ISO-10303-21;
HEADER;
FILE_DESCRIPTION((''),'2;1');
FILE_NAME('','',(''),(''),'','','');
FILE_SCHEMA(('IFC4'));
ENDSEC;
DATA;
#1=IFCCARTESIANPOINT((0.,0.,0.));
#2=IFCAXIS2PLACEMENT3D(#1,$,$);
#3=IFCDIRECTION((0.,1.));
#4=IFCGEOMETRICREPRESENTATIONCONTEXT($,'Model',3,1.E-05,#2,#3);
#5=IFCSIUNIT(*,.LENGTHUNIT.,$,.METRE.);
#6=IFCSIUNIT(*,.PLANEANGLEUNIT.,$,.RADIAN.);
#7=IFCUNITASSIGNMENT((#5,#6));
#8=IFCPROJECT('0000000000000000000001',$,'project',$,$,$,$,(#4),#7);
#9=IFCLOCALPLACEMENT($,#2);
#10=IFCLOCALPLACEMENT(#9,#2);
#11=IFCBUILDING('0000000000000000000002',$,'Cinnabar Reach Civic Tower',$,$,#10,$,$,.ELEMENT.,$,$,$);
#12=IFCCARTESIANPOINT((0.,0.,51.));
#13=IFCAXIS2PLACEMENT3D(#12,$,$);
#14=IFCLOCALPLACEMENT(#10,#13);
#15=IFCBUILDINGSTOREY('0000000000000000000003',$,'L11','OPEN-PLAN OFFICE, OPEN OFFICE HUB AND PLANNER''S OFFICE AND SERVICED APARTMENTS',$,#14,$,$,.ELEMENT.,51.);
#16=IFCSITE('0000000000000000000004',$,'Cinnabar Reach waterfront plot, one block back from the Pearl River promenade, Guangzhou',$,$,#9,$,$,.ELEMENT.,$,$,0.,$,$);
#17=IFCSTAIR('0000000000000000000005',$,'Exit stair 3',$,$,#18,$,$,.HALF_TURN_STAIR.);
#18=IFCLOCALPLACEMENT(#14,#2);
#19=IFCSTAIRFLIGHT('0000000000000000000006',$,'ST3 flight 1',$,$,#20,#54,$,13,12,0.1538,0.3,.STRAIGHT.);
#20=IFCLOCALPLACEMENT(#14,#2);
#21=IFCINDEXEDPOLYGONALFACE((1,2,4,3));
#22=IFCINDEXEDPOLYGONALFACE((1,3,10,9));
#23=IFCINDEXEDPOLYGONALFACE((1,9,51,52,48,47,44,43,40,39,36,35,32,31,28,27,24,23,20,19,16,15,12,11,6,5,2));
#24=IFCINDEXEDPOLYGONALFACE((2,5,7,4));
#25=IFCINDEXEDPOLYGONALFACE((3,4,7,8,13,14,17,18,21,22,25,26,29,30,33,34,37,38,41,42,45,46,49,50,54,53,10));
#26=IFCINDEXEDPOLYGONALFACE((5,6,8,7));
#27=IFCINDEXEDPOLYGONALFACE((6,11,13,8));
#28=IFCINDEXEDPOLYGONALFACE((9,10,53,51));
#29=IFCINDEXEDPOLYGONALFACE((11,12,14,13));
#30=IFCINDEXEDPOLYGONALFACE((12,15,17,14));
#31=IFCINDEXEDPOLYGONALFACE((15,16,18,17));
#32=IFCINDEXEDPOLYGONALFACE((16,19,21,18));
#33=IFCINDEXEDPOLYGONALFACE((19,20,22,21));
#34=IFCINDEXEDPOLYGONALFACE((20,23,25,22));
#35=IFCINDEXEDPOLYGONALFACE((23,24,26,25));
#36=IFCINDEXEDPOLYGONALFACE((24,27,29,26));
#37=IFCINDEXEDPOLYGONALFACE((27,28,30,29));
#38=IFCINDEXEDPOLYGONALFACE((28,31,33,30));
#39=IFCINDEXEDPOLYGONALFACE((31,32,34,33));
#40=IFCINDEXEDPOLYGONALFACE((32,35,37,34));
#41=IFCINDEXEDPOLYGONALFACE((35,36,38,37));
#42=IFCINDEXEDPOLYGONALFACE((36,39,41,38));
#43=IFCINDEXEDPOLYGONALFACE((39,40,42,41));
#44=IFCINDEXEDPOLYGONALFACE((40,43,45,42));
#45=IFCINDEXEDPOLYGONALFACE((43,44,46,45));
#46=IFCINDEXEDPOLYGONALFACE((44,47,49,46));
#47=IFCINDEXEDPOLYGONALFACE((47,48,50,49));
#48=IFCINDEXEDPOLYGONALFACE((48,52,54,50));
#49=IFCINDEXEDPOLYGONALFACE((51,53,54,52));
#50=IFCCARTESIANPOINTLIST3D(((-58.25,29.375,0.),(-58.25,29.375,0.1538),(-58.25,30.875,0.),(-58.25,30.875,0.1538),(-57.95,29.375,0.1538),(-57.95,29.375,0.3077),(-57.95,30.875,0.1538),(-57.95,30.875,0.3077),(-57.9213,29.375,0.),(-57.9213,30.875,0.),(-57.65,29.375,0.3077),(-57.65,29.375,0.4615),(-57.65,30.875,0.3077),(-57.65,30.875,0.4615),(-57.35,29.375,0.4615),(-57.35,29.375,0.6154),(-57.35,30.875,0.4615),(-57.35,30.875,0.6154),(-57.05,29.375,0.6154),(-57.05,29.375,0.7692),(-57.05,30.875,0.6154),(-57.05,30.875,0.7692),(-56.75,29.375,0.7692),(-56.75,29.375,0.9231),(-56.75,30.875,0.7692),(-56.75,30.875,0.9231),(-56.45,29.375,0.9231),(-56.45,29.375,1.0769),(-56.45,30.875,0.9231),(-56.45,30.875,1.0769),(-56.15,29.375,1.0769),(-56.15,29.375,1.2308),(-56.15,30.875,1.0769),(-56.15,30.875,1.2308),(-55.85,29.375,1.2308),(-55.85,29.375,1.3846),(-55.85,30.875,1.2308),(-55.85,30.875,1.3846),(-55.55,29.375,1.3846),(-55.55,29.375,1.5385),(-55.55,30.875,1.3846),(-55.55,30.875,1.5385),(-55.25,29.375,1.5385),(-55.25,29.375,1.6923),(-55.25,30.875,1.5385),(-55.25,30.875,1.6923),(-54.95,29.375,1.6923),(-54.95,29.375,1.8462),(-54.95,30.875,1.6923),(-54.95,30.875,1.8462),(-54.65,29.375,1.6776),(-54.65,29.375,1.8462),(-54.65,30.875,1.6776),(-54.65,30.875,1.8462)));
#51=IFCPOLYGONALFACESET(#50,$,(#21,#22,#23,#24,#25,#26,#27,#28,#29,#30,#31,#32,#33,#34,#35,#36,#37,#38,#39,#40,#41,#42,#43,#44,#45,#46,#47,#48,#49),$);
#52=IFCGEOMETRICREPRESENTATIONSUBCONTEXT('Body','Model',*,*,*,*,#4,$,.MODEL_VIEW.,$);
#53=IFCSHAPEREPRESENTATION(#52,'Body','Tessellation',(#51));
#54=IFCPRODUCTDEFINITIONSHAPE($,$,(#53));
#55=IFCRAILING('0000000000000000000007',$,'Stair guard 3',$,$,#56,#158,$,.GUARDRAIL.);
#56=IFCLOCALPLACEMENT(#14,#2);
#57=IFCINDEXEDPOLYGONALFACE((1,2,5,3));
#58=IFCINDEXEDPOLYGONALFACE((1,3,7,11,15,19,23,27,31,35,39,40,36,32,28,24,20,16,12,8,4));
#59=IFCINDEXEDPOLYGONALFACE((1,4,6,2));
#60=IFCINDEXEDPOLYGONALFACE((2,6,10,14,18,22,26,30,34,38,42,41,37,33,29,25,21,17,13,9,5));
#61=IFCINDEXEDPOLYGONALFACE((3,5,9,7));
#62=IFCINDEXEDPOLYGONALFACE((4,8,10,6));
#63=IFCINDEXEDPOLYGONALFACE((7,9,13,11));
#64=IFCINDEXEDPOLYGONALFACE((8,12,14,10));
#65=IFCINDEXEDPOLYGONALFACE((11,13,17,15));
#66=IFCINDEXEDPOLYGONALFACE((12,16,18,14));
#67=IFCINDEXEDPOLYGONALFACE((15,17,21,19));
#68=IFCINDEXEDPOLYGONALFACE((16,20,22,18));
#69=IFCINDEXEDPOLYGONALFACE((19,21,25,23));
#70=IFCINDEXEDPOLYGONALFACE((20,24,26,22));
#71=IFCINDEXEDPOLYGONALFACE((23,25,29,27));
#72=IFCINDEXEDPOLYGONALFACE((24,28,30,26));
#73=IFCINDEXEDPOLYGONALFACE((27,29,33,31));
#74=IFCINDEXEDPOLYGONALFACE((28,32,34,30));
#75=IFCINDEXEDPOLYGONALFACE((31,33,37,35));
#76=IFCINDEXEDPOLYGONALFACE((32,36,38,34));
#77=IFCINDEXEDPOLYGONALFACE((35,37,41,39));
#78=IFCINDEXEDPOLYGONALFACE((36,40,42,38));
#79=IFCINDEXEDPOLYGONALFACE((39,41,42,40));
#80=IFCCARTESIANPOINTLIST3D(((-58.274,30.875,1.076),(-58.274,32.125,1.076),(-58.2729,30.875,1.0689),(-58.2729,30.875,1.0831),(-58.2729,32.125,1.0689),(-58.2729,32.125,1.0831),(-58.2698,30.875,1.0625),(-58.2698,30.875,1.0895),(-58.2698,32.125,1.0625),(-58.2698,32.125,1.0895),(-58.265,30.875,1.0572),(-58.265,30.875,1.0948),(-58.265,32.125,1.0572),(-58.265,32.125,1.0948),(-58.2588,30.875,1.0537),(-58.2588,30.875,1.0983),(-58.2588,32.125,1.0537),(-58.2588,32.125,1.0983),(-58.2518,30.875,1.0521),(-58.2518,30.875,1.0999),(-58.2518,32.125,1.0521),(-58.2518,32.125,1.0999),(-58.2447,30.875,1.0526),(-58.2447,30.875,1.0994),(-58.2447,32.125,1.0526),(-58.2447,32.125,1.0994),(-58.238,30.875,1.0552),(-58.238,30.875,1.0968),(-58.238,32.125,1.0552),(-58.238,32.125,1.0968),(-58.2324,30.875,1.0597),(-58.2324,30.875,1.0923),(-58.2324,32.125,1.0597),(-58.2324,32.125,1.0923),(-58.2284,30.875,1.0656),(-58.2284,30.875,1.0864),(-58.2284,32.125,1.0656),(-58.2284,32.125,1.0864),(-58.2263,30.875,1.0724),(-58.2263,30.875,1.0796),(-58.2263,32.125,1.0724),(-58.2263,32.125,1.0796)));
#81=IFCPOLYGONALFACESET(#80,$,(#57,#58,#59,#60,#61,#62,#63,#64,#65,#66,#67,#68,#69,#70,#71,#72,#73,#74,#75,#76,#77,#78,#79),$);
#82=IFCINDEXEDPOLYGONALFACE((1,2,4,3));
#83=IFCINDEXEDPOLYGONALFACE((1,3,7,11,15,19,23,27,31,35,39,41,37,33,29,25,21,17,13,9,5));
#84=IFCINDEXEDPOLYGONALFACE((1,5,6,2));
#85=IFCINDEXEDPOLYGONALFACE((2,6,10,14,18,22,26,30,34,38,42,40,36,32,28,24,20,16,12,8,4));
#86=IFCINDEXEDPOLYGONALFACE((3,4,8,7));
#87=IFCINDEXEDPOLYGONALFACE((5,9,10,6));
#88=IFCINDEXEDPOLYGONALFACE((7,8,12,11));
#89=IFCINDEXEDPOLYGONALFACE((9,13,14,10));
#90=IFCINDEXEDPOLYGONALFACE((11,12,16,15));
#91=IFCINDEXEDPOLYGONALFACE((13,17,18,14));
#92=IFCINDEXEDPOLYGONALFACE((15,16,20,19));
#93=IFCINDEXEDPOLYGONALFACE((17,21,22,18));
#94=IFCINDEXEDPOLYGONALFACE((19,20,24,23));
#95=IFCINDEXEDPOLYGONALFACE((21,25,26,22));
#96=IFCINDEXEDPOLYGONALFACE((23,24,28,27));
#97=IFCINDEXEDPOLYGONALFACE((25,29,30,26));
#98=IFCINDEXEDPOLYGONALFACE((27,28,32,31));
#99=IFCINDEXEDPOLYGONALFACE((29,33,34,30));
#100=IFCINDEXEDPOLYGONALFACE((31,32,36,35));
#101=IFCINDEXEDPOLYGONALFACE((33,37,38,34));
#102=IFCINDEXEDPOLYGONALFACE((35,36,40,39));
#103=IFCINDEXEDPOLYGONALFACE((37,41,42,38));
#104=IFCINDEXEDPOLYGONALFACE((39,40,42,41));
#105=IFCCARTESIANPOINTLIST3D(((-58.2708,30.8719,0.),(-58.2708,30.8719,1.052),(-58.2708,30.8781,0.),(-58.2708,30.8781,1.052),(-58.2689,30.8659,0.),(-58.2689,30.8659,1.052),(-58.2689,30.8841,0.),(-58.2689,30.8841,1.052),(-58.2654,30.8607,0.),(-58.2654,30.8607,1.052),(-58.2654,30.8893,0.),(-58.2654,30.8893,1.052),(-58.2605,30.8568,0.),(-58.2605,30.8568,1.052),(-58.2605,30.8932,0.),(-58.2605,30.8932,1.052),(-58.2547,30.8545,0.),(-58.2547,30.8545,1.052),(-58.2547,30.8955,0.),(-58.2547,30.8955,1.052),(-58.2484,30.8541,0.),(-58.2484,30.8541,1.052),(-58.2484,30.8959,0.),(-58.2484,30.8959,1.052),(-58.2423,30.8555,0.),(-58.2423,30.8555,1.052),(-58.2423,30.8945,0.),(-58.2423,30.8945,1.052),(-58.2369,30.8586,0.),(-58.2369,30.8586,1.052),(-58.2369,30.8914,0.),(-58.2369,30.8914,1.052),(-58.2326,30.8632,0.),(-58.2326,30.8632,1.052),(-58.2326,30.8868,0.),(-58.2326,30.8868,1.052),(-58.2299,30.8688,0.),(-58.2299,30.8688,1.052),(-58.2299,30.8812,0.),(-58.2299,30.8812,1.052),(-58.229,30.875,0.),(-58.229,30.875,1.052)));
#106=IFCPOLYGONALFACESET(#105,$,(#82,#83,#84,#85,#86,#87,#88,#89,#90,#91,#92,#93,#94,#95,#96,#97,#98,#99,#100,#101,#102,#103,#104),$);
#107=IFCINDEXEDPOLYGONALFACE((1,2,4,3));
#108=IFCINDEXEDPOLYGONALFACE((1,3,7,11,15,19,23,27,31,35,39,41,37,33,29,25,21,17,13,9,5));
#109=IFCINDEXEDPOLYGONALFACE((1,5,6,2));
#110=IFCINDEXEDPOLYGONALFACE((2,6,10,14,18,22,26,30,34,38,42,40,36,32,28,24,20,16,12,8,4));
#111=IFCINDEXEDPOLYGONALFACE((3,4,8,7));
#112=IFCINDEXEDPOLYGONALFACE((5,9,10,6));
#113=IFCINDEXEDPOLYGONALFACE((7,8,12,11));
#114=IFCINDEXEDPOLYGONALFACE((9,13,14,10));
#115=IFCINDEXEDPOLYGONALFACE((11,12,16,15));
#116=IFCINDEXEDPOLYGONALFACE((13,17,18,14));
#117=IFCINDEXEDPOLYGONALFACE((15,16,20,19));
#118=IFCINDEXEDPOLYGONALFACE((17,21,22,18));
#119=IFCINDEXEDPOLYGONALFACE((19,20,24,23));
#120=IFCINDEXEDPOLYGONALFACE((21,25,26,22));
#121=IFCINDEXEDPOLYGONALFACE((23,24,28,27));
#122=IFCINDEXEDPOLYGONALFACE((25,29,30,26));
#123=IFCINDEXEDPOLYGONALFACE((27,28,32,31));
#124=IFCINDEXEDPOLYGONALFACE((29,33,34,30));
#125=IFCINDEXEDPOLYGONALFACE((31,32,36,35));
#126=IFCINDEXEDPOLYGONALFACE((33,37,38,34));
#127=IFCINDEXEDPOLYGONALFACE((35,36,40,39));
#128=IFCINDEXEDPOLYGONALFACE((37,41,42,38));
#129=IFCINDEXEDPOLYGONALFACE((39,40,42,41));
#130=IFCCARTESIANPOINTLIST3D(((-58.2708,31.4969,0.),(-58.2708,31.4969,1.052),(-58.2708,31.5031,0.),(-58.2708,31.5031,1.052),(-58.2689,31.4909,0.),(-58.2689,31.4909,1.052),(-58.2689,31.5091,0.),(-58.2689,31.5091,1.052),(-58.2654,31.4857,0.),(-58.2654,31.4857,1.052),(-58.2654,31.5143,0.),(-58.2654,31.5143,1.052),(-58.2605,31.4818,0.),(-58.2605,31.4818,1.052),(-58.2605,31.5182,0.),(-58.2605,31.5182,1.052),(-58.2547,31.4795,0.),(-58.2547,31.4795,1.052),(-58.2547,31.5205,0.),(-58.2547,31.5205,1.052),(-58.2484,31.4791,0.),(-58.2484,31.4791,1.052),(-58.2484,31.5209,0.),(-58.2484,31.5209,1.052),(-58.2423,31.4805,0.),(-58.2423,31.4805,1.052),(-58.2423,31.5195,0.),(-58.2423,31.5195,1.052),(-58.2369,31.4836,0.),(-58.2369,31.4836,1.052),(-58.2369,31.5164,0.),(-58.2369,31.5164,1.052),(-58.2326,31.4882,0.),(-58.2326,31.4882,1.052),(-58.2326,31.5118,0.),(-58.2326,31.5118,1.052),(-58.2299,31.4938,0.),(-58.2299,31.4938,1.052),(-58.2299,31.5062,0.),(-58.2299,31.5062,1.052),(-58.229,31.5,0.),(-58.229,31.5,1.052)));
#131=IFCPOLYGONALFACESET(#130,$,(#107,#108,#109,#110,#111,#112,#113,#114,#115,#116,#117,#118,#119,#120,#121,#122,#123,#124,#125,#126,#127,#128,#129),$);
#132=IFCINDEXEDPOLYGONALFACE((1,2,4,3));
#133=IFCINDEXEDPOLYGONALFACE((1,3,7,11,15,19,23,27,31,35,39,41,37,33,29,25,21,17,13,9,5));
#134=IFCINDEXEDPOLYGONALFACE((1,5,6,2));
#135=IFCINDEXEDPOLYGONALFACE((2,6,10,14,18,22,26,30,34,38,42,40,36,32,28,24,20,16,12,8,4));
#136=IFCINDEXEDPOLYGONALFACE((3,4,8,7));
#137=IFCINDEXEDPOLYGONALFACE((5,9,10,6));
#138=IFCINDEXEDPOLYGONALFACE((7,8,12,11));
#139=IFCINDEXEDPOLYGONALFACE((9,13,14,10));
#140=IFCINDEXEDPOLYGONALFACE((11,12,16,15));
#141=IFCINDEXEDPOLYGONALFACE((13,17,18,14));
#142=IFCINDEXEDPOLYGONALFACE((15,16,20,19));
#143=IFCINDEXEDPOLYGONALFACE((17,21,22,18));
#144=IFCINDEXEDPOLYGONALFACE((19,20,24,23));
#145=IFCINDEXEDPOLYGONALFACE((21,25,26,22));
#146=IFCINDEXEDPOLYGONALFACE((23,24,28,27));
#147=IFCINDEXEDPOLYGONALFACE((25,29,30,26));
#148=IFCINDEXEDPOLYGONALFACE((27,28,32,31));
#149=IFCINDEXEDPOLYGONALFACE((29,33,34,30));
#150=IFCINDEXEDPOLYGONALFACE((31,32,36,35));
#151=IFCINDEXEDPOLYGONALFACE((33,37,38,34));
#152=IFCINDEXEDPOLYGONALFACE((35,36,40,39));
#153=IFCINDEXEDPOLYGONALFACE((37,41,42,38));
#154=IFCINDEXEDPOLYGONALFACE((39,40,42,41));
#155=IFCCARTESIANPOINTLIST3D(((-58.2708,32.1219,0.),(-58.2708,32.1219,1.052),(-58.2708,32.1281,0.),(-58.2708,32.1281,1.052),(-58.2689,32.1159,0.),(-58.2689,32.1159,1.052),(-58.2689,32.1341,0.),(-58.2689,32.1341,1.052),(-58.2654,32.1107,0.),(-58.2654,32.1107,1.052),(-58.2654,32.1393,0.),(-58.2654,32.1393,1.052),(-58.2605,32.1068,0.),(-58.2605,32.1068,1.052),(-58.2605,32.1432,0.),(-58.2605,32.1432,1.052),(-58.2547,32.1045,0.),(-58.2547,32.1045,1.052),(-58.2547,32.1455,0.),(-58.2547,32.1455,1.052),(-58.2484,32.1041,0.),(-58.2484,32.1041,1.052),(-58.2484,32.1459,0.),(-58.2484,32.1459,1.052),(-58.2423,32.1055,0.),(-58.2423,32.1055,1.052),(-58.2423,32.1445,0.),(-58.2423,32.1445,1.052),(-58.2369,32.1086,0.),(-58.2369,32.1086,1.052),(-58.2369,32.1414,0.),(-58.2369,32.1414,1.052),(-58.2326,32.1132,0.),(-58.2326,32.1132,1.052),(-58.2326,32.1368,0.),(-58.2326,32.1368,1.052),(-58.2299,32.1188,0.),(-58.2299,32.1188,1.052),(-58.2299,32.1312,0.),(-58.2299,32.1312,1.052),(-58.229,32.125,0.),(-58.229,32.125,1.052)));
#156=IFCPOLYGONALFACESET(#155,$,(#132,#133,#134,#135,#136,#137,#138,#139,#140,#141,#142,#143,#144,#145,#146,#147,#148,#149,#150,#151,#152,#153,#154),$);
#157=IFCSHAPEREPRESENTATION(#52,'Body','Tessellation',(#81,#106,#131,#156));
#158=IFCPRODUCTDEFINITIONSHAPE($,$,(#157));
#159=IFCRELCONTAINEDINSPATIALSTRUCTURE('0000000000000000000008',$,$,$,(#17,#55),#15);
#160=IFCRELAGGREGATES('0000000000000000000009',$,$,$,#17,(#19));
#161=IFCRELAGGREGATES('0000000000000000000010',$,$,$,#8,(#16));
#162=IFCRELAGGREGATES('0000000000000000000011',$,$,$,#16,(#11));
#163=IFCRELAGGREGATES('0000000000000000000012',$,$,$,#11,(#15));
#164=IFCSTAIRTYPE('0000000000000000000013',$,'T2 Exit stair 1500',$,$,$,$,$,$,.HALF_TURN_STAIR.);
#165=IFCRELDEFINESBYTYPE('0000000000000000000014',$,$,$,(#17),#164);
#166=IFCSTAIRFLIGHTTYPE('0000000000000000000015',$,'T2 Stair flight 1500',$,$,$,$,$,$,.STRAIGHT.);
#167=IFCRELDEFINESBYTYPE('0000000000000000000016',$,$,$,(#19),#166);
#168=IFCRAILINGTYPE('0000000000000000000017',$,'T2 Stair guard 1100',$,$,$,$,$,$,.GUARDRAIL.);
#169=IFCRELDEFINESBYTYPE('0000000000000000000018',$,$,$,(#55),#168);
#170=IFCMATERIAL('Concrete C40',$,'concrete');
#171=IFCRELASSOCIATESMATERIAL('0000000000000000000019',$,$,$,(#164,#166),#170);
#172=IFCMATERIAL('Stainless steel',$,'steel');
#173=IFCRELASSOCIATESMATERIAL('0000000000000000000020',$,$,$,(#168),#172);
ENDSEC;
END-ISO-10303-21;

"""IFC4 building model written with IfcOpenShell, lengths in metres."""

from ifc_helpers import new_model, si_unit, direction, frame, origin, origin_2d, place, context, subcontext, project, spatial, polyline, circle, outline, extrude, material, type_object, element, aggregate, save


model = new_model("IFC4")

# Units and contexts
model_context = context("Model", 3, precision=1e-05, world=origin(), true_north=direction((0.0, 1.0)))
body_context = subcontext(model_context, "Body", "Model", "MODEL_VIEW")
ifc_project = project(units=[si_unit("LENGTHUNIT", "METRE"), si_unit("PLANEANGLEUNIT", "RADIAN")], contexts=[model_context])

# Site, building, storey
site_placement = place(None, origin())
site = spatial("IfcSite", under=ifc_project, at=site_placement, Name="Cinnabar Reach waterfront plot, one block back from the Pearl River promenade, Guangzhou", CompositionType="ELEMENT", RefElevation=0.0)
building_placement = place(site_placement, origin())
building = spatial("IfcBuilding", under=site, at=building_placement, Name="Cinnabar Reach Civic Tower", CompositionType="ELEMENT")
storey_placement = place(building_placement, frame((0.0, 0.0, 51.0)))
storey = spatial("IfcBuildingStorey", under=building, at=storey_placement, Name="L11", Description="OPEN-PLAN OFFICE, OPEN OFFICE HUB AND PLANNER'S OFFICE AND SERVICED APARTMENTS", CompositionType="ELEMENT", Elevation=51.0)

# Stair, stair flight
ifc_material_1 = material(Name="Concrete C40", Category="concrete")
stair_type = type_object("IfcStairType", Name="T2 Exit stair 1500", PredefinedType="HALF_TURN_STAIR", material=ifc_material_1)
stair_placement = place(storey_placement, origin())
stair = element("IfcStair", 1, at=stair_placement, inside=storey, type_object=stair_type, Name="Exit stair 3", PredefinedType="HALF_TURN_STAIR")
stair_flight_type = type_object("IfcStairFlightType", Name="T2 Stair flight 1500", PredefinedType="STRAIGHT", material=ifc_material_1)
stair_flight_placement = place(storey_placement, frame((-58.25, 30.125, 0.0), z_axis=(0.0, 0.0, 1.0), x_axis=(1.0, 0.0, 0.0)))
stair_flight = element("IfcStairFlight", 2, at=stair_flight_placement, type_object=stair_flight_type, Name="ST3 flight 1", NumberOfRisers=13, NumberOfTreads=12, PredefinedType="STRAIGHT", RiserHeight=0.1538, TreadLength=0.3, context=body_context, shape_type="SweptSolid", body=[
    extrude(outline(polyline([(0.0, 0.0), (0.0, 0.1538), (0.3, 0.1538), (0.3, 0.3077), (0.6, 0.3077), (0.6, 0.4615), (0.9, 0.4615), (0.9, 0.6154), (1.2, 0.6154), (1.2, 0.7692), (1.5, 0.7692), (1.5, 0.9231), (1.8, 0.9231), (1.8, 1.0769), (2.1, 1.0769), (2.1, 1.2308), (2.4, 1.2308), (2.4, 1.3846), (2.7, 1.3846), (2.7, 1.5385), (3.0, 1.5385), (3.0, 1.6923), (3.3, 1.6923), (3.3, 1.8462), (3.6, 1.8462), (3.6, 2.0), (3.6, 1.6776), (0.3287, 0.0), (0.0, 0.0)])), frame((0.0, 0.75, 0.0), z_axis=(0.0, -1.0, 0.0), x_axis=(1.0, 0.0, 0.0)), (0.0, 0.0, 1.0), 1.5),
])
aggregate(stair, [stair_flight])

# Railing
ifc_material_2 = material(Name="Stainless steel", Category="steel")
railing_type = type_object("IfcRailingType", Name="T2 Stair guard 1100", PredefinedType="GUARDRAIL", material=ifc_material_2)
railing_placement = place(storey_placement, frame((-58.25, 30.875, 0.0)))
element("IfcRailing", 3, at=railing_placement, inside=storey, type_object=railing_type, Name="Stair guard 3", PredefinedType="GUARDRAIL", context=body_context, shape_type="SweptSolid", body=[
    extrude(circle(Radius=0.024, at=origin_2d()), frame((0.0, 0.0, 1.076), z_axis=(0.0, 1.0, 0.0), x_axis=(-1.0, 0.0, 0.0)), (0.0, 0.0, 1.0), 1.25),
    extrude(circle(Radius=0.021, at=origin_2d()), origin(), (0.0, 0.0, 1.0), 1.052),
    extrude(circle(Radius=0.021, at=origin_2d()), frame((0.0, 0.625, 0.0)), (0.0, 0.0, 1.0), 1.052),
    extrude(circle(Radius=0.021, at=origin_2d()), frame((0.0, 1.25, 0.0)), (0.0, 0.0, 1.0), 1.052),
])

save(model, "model.ifc")
